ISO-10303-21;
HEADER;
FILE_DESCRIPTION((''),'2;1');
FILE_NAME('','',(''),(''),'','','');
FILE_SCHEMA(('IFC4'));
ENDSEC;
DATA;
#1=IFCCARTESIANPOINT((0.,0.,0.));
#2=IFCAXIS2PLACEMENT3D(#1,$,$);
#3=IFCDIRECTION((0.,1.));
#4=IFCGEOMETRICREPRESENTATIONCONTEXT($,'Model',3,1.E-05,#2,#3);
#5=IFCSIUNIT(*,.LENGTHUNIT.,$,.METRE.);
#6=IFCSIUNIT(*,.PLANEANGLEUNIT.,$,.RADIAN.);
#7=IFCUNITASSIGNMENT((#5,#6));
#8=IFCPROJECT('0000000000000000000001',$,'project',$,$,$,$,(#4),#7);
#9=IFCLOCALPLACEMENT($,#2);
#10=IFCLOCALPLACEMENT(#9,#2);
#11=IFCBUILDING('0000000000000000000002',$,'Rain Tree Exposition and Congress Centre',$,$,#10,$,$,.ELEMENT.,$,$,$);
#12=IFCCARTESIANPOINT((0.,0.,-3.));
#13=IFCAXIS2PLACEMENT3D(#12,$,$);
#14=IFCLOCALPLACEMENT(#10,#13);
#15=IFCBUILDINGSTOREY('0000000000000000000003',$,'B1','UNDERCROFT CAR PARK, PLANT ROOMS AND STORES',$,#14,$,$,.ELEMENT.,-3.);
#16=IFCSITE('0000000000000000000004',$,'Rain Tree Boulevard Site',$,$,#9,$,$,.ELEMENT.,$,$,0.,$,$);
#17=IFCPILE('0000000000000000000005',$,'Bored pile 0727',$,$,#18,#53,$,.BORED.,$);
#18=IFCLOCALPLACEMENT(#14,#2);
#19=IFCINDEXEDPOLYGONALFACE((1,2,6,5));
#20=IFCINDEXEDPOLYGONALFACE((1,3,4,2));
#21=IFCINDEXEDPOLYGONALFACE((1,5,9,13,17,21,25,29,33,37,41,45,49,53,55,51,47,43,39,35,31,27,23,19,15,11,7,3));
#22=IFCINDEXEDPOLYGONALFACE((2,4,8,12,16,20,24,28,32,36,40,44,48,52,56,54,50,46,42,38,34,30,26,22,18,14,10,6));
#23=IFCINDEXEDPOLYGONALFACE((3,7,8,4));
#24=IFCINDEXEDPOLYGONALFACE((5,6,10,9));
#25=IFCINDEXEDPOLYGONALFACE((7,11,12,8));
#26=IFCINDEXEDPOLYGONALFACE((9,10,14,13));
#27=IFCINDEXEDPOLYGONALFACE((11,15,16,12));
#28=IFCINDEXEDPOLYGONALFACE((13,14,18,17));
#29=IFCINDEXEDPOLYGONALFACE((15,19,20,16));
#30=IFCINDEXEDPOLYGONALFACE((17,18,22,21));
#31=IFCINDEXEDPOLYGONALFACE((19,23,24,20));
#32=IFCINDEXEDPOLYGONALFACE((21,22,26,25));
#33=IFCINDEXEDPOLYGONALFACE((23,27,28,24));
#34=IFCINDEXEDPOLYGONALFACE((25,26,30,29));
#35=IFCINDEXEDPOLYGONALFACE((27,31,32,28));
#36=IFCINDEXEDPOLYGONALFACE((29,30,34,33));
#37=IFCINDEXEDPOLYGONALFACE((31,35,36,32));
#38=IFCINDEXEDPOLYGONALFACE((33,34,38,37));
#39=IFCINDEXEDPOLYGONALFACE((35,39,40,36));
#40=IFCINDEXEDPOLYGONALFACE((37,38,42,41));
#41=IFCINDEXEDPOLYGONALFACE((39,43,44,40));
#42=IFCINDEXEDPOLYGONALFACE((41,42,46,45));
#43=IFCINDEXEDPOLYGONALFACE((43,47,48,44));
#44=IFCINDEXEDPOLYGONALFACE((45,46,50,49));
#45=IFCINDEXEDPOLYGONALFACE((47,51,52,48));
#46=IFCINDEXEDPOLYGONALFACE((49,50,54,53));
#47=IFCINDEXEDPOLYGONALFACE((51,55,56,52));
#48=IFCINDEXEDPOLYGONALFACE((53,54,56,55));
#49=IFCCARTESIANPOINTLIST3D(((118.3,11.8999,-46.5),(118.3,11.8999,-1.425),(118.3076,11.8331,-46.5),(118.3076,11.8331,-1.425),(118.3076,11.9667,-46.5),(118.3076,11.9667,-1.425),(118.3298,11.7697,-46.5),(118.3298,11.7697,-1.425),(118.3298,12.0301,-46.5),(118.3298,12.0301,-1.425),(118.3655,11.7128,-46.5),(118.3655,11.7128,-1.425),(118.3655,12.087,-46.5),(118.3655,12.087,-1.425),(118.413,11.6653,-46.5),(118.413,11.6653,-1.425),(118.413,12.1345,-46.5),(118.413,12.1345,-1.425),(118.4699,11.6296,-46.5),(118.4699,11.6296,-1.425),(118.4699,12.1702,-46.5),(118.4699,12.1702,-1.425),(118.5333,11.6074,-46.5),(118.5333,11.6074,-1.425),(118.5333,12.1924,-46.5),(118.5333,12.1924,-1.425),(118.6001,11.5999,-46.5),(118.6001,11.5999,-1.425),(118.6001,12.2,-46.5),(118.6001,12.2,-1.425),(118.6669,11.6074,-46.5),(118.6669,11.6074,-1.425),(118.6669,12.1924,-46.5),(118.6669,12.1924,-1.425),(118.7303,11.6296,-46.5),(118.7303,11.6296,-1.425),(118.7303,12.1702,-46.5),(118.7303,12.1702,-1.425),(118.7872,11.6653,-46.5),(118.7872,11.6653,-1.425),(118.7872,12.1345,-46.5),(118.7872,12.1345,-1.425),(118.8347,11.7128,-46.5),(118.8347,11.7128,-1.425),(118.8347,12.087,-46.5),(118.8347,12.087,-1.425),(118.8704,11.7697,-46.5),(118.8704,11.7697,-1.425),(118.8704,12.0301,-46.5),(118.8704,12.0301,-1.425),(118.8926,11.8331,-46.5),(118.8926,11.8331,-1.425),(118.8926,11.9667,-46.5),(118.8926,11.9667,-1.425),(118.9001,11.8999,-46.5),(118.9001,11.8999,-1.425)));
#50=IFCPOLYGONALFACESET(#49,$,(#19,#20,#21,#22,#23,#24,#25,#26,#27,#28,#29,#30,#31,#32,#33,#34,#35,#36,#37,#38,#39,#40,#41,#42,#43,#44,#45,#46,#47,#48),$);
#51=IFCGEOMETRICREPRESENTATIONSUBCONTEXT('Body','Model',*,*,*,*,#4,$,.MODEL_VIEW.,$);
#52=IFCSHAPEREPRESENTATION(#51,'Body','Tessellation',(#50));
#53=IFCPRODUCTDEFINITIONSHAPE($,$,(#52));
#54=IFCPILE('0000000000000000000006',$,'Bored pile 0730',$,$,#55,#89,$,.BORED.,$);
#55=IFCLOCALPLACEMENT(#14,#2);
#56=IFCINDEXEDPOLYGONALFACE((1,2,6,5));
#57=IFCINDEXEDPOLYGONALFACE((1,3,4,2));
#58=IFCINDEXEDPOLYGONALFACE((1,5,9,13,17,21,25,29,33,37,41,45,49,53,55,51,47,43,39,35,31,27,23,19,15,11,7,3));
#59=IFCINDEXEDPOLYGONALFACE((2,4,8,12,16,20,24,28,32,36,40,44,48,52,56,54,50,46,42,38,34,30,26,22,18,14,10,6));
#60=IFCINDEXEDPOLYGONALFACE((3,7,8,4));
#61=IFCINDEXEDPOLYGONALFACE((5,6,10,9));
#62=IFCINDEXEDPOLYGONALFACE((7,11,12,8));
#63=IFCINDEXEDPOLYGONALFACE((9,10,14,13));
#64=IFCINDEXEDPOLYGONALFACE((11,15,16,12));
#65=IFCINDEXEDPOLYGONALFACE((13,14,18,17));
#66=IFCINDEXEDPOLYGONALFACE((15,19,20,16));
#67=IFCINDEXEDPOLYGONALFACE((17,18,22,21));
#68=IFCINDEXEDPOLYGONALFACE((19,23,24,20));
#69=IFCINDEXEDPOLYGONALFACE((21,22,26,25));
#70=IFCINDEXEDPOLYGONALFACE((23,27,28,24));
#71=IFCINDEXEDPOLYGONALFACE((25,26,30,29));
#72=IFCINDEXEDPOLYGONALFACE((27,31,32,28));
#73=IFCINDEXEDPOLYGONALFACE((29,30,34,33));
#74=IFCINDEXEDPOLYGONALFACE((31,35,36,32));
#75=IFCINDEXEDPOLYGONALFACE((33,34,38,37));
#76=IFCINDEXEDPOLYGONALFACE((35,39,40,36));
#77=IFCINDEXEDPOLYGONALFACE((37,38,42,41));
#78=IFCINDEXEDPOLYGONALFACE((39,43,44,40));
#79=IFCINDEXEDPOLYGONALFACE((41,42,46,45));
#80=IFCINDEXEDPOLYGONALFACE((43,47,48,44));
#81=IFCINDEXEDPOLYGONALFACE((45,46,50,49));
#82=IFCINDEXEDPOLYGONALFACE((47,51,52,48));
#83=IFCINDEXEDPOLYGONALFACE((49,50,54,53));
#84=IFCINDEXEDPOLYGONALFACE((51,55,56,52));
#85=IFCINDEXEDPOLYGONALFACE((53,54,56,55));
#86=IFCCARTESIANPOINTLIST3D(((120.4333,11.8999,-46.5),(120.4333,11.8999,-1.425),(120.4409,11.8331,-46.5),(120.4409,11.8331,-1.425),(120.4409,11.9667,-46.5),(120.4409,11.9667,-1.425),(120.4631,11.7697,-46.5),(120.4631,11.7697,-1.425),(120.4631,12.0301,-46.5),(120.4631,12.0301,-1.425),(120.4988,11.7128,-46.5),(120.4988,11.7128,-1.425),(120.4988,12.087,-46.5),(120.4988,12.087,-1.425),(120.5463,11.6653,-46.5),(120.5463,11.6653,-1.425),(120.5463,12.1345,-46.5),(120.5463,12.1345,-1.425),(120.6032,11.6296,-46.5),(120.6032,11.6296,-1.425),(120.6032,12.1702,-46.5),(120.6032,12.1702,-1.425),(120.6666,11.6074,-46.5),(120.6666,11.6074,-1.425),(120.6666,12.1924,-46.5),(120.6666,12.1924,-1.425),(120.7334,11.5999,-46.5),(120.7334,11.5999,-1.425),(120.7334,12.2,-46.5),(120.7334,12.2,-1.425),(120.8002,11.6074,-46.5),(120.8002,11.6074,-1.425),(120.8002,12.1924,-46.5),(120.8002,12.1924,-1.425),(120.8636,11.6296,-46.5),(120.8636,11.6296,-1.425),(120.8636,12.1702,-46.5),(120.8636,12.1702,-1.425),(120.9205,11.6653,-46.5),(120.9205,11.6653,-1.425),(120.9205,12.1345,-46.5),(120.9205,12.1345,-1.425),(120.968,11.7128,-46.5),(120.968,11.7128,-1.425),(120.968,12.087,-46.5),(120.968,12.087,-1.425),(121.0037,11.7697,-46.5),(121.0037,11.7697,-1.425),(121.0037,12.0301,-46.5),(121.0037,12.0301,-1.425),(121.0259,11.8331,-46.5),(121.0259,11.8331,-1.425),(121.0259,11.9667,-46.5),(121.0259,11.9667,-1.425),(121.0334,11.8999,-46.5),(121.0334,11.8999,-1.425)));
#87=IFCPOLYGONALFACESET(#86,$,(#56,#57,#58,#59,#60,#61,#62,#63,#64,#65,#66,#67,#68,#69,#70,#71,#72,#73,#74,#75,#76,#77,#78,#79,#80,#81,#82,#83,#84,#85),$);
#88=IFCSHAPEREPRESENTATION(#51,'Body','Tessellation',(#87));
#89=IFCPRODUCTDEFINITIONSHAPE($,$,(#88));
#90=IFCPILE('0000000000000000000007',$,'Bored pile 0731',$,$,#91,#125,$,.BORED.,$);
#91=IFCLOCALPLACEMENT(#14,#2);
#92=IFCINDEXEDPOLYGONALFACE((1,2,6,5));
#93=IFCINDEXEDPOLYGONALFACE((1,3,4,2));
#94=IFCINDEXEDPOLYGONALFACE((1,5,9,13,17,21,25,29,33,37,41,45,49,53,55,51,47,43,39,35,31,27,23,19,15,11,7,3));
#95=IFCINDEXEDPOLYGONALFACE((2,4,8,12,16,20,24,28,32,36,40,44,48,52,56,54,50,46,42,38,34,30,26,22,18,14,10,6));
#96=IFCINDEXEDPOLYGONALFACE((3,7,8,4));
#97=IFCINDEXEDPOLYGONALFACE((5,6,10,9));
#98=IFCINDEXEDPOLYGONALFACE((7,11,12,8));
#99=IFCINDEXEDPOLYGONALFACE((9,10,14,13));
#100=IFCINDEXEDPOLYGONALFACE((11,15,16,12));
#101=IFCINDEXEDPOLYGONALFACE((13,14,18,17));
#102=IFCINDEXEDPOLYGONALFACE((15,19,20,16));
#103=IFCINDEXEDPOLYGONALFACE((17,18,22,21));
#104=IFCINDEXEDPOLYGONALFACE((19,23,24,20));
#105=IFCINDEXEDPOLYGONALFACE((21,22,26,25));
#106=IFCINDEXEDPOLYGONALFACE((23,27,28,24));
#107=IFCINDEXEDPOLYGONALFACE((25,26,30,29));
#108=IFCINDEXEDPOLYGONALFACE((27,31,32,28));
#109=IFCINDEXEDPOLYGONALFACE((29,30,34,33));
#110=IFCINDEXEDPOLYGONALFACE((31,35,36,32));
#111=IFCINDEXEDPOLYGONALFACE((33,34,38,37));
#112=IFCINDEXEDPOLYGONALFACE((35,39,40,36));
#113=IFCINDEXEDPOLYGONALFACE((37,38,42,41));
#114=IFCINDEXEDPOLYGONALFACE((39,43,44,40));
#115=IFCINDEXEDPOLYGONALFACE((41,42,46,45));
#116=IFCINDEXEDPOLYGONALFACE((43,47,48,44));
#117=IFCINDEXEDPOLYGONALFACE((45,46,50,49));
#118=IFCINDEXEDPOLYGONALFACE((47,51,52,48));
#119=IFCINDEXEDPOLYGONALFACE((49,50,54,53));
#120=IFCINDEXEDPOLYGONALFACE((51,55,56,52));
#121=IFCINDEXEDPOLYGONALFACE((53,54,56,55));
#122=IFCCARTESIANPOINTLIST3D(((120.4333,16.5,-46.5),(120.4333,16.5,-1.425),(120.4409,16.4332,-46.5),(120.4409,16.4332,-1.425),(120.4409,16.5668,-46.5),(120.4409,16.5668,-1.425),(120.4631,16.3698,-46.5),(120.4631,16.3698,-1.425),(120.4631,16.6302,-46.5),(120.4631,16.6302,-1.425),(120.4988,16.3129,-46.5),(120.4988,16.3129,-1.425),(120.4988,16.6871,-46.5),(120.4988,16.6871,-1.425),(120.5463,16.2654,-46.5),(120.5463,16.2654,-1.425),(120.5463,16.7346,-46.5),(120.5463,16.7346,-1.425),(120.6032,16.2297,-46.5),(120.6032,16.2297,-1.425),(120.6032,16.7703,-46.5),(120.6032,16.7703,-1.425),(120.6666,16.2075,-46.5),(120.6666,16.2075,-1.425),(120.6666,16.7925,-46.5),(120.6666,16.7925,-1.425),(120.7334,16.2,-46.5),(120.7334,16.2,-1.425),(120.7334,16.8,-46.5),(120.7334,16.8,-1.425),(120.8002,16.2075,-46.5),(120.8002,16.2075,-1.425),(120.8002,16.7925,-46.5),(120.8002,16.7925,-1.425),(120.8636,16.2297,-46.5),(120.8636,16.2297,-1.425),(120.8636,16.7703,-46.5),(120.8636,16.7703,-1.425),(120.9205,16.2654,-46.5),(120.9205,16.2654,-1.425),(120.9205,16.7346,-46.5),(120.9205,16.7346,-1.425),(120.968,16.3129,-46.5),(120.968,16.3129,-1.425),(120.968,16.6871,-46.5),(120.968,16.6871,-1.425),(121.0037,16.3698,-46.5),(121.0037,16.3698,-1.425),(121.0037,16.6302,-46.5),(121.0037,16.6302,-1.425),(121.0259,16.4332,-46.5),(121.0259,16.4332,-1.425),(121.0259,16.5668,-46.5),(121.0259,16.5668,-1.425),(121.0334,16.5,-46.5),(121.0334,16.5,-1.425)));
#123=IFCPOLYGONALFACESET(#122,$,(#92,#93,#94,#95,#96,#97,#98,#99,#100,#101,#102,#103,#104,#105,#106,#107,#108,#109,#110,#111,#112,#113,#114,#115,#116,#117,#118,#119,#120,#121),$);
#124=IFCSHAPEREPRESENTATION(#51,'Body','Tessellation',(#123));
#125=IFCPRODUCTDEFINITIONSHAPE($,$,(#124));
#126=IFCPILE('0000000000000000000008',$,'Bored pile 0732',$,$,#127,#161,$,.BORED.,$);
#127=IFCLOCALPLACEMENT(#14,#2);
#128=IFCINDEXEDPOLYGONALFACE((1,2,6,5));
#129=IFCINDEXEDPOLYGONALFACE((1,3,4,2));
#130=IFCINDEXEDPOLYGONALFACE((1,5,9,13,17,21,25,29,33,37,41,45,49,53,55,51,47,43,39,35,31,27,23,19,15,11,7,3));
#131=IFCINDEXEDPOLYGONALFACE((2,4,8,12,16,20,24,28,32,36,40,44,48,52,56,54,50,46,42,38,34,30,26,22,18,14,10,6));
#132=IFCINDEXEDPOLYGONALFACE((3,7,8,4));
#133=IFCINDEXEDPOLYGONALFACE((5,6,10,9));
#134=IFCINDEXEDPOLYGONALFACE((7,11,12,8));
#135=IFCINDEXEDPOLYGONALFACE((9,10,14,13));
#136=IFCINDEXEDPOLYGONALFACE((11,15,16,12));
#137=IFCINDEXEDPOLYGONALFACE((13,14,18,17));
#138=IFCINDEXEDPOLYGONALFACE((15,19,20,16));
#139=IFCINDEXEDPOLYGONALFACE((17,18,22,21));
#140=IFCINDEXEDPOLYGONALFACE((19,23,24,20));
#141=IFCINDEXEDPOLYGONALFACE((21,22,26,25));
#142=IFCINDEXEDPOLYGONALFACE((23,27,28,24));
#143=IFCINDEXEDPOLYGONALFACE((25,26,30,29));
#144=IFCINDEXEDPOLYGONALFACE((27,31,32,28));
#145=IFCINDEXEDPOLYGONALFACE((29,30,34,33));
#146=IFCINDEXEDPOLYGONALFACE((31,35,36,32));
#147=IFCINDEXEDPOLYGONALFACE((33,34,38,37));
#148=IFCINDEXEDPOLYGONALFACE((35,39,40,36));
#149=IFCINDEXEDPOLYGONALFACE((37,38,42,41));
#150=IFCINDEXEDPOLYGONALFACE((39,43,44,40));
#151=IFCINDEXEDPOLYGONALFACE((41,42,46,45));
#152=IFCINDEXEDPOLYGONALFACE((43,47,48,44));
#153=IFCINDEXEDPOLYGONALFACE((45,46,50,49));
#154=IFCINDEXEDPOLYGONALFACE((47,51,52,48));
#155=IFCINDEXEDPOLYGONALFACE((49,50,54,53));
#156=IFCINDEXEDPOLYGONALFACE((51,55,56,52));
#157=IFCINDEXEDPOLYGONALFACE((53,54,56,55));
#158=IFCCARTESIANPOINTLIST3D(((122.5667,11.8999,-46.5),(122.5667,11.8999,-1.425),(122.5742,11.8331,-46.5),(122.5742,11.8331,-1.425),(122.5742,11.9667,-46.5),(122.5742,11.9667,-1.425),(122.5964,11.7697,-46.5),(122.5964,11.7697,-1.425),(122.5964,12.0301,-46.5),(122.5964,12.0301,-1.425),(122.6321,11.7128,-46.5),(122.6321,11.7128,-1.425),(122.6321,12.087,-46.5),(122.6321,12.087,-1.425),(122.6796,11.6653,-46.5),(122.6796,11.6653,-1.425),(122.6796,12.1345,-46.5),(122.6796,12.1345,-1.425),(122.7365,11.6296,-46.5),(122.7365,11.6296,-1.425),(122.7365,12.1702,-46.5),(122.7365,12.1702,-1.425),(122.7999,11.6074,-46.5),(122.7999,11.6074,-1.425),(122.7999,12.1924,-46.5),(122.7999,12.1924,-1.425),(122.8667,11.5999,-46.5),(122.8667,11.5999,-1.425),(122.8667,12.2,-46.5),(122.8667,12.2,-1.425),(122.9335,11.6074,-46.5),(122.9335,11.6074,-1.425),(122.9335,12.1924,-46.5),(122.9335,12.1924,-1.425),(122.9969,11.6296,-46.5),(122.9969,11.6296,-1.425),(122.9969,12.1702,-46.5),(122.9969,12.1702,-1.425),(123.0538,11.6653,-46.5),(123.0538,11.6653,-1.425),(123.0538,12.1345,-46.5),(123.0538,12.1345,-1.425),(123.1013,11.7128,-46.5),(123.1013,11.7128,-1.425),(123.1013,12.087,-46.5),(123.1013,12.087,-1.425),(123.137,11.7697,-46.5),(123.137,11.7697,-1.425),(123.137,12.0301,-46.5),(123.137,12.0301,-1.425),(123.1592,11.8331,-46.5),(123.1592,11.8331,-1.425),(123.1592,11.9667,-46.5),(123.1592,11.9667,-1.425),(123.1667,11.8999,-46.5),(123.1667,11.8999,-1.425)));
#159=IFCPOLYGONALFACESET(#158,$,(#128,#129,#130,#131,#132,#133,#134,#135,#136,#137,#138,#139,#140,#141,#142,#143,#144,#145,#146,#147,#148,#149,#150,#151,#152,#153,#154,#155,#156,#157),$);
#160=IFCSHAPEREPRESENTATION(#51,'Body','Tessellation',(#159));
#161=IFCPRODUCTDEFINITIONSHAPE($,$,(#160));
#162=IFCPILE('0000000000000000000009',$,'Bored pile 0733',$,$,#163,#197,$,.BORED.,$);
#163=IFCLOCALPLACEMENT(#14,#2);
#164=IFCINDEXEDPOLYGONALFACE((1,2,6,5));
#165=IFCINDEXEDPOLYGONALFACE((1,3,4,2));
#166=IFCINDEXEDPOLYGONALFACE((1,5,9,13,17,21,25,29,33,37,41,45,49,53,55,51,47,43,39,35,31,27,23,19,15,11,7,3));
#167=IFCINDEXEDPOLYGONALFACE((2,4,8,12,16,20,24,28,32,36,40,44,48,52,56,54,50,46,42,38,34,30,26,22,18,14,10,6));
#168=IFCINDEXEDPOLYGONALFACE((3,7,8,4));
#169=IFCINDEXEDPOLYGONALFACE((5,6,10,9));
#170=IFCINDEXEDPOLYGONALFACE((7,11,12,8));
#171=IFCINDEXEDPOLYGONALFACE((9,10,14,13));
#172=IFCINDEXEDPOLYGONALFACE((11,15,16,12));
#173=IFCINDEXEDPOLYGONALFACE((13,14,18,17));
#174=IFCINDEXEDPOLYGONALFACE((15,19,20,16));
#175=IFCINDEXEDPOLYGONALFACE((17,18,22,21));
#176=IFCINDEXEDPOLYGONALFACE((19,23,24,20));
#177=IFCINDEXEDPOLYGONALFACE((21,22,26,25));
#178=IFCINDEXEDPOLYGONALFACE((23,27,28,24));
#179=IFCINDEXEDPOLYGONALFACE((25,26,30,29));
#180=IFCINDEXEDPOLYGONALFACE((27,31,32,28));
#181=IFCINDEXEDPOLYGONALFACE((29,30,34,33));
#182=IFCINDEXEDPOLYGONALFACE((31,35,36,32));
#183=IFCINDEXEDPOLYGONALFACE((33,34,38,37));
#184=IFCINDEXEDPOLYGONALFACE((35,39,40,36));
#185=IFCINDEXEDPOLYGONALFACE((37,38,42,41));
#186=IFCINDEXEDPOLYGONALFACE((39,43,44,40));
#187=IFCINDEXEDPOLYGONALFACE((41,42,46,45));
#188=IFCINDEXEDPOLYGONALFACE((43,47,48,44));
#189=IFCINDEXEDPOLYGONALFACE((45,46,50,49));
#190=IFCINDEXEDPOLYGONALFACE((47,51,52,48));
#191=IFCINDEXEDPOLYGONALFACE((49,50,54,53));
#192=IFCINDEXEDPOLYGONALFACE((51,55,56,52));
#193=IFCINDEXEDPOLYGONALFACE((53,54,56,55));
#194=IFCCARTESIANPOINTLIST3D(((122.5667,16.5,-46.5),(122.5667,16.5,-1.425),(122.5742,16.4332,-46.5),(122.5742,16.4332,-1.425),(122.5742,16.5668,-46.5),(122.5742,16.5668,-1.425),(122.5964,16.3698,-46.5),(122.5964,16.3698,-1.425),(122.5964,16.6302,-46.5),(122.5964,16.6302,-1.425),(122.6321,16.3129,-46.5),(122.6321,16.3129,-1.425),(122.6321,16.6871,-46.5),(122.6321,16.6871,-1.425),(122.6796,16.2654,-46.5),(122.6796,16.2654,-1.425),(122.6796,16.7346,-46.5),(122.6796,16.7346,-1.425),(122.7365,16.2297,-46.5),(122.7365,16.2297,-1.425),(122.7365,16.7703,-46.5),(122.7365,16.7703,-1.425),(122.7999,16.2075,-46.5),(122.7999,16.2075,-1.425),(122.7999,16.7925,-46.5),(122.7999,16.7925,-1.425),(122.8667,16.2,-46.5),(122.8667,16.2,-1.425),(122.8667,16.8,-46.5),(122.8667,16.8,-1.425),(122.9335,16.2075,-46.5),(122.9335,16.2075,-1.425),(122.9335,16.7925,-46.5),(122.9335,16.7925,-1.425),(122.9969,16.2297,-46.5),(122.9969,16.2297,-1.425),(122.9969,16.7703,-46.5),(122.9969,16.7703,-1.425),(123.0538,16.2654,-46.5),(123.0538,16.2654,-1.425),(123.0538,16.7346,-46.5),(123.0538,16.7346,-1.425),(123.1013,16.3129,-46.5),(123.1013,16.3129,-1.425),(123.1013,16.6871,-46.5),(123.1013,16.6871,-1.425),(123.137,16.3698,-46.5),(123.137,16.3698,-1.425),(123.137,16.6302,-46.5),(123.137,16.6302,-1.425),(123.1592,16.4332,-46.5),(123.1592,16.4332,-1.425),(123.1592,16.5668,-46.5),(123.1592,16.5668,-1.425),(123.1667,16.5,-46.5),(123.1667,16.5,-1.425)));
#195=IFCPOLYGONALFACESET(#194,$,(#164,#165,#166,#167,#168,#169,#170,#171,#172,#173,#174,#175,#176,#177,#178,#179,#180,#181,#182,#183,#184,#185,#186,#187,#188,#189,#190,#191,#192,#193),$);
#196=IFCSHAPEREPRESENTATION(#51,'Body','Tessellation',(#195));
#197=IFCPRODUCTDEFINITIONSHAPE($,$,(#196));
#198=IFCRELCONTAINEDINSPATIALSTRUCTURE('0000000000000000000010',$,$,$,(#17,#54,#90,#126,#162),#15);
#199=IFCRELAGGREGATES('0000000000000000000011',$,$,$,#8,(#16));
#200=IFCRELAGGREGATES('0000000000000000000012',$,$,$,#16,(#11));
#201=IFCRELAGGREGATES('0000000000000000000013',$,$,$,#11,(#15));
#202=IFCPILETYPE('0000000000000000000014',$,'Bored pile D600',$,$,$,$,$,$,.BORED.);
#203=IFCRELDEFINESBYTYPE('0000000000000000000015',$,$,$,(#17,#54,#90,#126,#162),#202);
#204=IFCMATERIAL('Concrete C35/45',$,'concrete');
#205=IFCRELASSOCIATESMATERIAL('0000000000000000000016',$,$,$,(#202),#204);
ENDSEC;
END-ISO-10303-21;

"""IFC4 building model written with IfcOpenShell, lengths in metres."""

from ifc_helpers import new_model, si_unit, direction, frame, origin, origin_2d, place, context, subcontext, project, spatial, circle, extrude, material, material_profile, profile_set, type_object, element, save


model = new_model("IFC4")

# Units and contexts
model_context = context("Model", 3, precision=1e-05, world=origin(), true_north=direction((0.0, 1.0)))
body_context = subcontext(model_context, "Body", "Model", "MODEL_VIEW")
ifc_project = project(units=[si_unit("LENGTHUNIT", "METRE"), si_unit("PLANEANGLEUNIT", "RADIAN")], contexts=[model_context])

# Site, building, storey
site_placement = place(None, origin())
site = spatial("IfcSite", under=ifc_project, at=site_placement, Name="Rain Tree Boulevard Site", CompositionType="ELEMENT", RefElevation=0.0)
building_placement = place(site_placement, origin())
building = spatial("IfcBuilding", under=site, at=building_placement, Name="Rain Tree Exposition and Congress Centre", CompositionType="ELEMENT")
storey_placement = place(building_placement, frame((0.0, 0.0, -3.0)))
storey = spatial("IfcBuildingStorey", under=building, at=storey_placement, Name="B1", Description="UNDERCROFT CAR PARK, PLANT ROOMS AND STORES", CompositionType="ELEMENT", Elevation=-3.0)

# Piles
ifc_material_1 = material(Name="Concrete C35/45", Category="concrete")
ifc_material_profile_1 = material_profile(ifc_material_1, circle(Radius=0.3, at=origin_2d()), Name="D600")
ifc_profile_set_1 = profile_set([ifc_material_profile_1], Name="Concrete C35/45")
pile_type_1 = type_object("IfcPileType", Name="Bored pile D600", PredefinedType="BORED", material=ifc_profile_set_1)
for number, where, z_axis, x_axis, name in (
    (1, (118.6001, 11.8999, -1.425), (0.0, 0.0, -1.0), (1.0, 0.0, 0.0), "Bored pile 0727"),
    (2, (120.7334, 11.8999, -1.425), (0.0, 0.0, -1.0), (1.0, 0.0, 0.0), "Bored pile 0730"),
    (3, (120.7334, 16.5, -1.425), (0.0, 0.0, -1.0), (1.0, 0.0, 0.0), "Bored pile 0731"),
    (4, (122.8667, 11.8999, -1.425), (0.0, 0.0, -1.0), (1.0, 0.0, 0.0), "Bored pile 0732"),
    (5, (122.8667, 16.5, -1.425), (0.0, 0.0, -1.0), (1.0, 0.0, 0.0), "Bored pile 0733"),
):
    element("IfcPile", number, at=place(storey_placement, frame(where, z_axis=z_axis, x_axis=x_axis)), inside=storey, type_object=pile_type_1, Name=name, PredefinedType="BORED", context=body_context, shape_type="SweptSolid", body=[
        extrude(circle(Radius=0.3, at=origin_2d()), origin(), (0.0, 0.0, 1.0), 45.075),
    ])

save(model, "model.ifc")
